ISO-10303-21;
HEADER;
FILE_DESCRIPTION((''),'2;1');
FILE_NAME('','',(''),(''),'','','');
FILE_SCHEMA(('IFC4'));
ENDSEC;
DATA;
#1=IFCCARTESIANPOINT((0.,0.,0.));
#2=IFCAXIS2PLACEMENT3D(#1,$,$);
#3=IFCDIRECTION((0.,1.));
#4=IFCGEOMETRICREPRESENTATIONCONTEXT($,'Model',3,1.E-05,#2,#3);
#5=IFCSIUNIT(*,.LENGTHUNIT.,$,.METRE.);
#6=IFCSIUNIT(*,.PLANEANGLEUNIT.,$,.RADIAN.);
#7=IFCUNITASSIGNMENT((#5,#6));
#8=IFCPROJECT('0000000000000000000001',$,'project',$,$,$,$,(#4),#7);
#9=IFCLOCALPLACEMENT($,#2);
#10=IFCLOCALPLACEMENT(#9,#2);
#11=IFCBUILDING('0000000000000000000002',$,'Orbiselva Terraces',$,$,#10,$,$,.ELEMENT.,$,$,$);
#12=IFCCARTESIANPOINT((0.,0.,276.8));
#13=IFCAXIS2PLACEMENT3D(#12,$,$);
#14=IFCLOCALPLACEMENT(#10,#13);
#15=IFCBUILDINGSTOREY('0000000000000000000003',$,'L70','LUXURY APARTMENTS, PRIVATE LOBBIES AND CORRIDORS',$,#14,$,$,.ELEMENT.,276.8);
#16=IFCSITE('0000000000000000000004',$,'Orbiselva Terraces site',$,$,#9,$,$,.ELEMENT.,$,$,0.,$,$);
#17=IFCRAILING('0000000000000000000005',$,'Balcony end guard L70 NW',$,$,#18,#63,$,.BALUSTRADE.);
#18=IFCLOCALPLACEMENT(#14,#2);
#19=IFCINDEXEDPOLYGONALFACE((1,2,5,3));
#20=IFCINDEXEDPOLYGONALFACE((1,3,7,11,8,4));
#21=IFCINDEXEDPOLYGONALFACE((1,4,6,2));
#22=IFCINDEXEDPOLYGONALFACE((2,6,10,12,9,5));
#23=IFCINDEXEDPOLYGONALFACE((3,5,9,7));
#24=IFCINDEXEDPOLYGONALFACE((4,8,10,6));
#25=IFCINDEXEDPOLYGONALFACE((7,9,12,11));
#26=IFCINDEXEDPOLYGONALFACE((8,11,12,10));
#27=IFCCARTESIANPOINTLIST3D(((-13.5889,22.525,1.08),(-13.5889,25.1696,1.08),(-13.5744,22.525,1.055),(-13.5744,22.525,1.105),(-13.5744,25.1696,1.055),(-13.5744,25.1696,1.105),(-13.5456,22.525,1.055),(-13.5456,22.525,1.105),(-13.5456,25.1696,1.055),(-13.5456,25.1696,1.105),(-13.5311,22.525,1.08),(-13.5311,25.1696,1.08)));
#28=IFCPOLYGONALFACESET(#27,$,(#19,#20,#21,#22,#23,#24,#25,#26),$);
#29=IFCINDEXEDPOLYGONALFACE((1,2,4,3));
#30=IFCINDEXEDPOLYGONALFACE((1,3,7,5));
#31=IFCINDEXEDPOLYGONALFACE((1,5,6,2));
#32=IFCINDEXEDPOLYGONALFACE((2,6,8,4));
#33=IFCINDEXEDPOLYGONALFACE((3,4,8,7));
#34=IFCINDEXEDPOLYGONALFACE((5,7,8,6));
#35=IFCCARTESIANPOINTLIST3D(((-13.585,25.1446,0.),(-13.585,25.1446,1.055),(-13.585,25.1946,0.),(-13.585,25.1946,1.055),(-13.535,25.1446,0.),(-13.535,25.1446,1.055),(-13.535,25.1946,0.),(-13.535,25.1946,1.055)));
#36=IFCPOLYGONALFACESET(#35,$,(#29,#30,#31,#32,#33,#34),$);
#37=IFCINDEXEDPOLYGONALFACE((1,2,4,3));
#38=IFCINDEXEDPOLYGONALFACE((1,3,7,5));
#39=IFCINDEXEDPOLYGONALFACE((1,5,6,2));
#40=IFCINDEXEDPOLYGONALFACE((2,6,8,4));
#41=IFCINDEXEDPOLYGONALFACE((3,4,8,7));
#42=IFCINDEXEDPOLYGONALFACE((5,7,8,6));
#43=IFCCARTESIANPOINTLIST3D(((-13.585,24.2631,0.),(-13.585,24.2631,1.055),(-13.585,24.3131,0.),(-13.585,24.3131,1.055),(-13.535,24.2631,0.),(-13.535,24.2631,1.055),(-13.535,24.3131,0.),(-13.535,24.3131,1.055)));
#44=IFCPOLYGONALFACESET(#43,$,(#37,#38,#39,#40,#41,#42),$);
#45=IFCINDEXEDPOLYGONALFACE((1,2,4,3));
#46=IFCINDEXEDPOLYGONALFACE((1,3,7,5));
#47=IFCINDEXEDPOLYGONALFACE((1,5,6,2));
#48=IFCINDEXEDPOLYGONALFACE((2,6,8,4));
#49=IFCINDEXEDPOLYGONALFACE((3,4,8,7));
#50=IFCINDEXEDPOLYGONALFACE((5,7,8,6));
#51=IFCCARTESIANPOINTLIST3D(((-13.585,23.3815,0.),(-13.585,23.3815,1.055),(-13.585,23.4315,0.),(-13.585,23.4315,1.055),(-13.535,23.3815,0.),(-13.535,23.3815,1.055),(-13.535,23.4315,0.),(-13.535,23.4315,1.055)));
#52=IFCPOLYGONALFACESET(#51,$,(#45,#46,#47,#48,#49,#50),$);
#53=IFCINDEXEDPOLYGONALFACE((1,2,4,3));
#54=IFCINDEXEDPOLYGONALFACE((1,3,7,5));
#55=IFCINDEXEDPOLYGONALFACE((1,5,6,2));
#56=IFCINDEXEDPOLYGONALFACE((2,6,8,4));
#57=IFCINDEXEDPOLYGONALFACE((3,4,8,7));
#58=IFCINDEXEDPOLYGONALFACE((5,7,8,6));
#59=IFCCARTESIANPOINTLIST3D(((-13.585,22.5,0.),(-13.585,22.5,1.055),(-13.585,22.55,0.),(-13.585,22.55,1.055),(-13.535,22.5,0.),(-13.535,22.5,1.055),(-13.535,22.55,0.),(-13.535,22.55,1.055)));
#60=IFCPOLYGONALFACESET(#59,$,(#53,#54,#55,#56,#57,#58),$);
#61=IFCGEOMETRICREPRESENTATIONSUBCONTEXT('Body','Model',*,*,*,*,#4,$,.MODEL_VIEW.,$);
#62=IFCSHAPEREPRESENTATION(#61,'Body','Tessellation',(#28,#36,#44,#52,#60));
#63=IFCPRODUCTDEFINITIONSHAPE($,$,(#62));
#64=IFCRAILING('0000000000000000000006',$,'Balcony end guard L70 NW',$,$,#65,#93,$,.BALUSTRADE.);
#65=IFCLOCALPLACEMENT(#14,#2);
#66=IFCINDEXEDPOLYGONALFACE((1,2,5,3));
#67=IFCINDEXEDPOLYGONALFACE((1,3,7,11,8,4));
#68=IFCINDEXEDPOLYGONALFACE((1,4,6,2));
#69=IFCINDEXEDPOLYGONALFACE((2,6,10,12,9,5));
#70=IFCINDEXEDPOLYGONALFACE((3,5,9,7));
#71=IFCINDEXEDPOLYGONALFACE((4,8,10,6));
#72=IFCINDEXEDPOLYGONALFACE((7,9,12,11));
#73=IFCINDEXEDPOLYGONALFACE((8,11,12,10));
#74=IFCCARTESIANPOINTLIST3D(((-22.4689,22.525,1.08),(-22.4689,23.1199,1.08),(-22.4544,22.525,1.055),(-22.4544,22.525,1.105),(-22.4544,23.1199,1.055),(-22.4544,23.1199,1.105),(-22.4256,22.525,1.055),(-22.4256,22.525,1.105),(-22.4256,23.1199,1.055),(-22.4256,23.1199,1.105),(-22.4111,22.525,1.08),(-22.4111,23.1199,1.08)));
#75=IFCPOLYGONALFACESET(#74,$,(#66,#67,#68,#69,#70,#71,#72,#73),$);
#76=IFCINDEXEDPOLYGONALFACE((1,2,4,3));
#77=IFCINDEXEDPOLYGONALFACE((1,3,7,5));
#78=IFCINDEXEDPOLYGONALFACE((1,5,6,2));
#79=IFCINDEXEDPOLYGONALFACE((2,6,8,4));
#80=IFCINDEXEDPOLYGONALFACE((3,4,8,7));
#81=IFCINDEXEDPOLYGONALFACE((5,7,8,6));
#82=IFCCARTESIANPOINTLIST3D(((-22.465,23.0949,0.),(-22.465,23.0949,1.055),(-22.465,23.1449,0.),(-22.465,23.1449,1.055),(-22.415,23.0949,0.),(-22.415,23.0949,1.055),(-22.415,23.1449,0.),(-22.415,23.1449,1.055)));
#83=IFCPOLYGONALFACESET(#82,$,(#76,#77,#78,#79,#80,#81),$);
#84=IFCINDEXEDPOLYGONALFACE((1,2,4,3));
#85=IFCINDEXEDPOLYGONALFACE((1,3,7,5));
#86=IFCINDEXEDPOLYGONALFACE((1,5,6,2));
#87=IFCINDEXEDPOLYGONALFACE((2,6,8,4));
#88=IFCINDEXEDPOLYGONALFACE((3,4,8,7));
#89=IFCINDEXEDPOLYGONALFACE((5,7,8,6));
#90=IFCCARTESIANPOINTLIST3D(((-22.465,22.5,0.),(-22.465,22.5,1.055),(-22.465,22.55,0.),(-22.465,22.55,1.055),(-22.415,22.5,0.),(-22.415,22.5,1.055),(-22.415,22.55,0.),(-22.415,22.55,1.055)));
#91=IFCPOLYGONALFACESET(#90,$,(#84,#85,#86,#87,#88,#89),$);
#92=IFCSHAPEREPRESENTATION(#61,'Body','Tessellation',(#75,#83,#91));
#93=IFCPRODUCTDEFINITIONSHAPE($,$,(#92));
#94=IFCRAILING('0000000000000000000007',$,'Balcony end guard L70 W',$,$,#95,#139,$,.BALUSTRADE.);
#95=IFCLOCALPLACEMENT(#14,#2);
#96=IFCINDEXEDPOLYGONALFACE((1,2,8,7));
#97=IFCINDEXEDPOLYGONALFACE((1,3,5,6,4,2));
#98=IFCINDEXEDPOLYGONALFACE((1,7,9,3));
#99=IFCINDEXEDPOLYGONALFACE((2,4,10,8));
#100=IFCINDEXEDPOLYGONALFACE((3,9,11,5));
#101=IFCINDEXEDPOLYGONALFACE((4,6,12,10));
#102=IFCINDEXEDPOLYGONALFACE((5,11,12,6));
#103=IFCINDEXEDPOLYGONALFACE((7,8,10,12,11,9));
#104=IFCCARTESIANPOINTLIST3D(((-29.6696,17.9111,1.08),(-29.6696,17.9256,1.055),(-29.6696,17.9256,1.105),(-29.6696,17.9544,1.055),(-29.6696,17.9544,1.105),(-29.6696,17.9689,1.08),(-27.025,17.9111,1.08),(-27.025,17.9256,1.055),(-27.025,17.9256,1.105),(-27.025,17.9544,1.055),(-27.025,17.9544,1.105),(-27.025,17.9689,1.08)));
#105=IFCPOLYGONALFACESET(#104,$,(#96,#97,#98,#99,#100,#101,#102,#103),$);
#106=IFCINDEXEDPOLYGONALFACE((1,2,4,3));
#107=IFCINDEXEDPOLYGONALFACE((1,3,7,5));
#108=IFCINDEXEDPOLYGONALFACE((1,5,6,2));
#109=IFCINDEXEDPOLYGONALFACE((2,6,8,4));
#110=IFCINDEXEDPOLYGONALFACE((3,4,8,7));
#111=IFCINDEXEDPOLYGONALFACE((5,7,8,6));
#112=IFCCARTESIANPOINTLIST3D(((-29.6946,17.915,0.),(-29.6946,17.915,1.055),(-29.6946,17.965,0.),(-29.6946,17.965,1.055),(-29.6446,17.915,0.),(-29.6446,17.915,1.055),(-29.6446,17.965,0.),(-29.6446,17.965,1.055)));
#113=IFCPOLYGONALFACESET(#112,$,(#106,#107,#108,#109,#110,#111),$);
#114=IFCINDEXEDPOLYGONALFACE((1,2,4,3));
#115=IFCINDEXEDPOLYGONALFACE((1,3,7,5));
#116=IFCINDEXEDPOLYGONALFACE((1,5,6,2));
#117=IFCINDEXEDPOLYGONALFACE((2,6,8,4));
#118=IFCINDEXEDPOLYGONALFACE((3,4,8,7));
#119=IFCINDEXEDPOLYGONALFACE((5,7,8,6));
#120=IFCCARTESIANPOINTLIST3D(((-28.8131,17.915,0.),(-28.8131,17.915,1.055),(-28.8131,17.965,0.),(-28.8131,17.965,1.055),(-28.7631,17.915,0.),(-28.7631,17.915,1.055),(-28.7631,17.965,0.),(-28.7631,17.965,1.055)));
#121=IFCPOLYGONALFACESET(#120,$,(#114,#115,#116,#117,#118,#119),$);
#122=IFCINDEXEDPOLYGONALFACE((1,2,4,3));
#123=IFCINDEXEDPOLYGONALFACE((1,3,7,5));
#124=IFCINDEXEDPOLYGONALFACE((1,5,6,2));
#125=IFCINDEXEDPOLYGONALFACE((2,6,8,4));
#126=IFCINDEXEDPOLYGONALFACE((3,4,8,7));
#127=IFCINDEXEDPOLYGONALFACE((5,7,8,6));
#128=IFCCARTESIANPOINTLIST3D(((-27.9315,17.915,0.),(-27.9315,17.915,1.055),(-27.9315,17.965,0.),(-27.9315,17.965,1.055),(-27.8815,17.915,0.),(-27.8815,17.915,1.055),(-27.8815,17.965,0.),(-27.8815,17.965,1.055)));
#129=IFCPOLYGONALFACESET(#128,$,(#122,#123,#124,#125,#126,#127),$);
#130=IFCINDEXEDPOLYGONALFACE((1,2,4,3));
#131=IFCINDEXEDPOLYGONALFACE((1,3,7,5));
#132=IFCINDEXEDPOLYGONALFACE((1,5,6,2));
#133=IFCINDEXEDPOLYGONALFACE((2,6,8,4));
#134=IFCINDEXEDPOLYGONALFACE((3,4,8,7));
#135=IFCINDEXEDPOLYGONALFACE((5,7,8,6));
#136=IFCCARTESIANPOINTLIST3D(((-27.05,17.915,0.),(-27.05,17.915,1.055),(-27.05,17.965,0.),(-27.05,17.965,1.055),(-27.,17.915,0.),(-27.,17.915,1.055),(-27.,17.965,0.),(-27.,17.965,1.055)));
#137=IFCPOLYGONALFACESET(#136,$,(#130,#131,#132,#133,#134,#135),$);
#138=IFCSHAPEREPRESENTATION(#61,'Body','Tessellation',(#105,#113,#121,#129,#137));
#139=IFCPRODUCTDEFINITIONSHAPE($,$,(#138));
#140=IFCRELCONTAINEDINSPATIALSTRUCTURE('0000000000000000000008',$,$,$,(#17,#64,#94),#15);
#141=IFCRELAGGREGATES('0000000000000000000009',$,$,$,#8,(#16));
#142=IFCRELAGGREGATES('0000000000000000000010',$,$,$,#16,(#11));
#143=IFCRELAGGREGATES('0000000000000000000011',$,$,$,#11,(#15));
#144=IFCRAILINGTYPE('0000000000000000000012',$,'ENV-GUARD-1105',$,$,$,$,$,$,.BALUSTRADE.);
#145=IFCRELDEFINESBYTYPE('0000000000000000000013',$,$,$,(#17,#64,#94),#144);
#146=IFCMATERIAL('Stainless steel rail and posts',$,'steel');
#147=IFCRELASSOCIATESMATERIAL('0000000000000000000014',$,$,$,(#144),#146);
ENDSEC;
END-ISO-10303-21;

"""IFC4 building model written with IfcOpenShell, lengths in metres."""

from ifc_helpers import new_model, si_unit, direction, frame, origin, origin_2d, place, context, subcontext, project, spatial, polyline, rectangle, outline, extrude, material, type_object, element, save


model = new_model("IFC4")

# Units and contexts
model_context = context("Model", 3, precision=1e-05, world=origin(), true_north=direction((0.0, 1.0)))
body_context = subcontext(model_context, "Body", "Model", "MODEL_VIEW")
ifc_project = project(units=[si_unit("LENGTHUNIT", "METRE"), si_unit("PLANEANGLEUNIT", "RADIAN")], contexts=[model_context])

# Site, building, storey
site_placement = place(None, origin())
site = spatial("IfcSite", under=ifc_project, at=site_placement, Name="Orbiselva Terraces site", CompositionType="ELEMENT", RefElevation=0.0)
building_placement = place(site_placement, origin())
building = spatial("IfcBuilding", under=site, at=building_placement, Name="Orbiselva Terraces", CompositionType="ELEMENT")
storey_placement = place(building_placement, frame((0.0, 0.0, 276.8)))
storey = spatial("IfcBuildingStorey", under=building, at=storey_placement, Name="L70", Description="LUXURY APARTMENTS, PRIVATE LOBBIES AND CORRIDORS", CompositionType="ELEMENT", Elevation=276.8)

# Railings
ifc_material_1 = material(Name="Stainless steel rail and posts", Category="steel")
railing_type_1 = type_object("IfcRailingType", Name="ENV-GUARD-1105", PredefinedType="BALUSTRADE", material=ifc_material_1)
railing_1_placement = place(storey_placement, frame((-13.56, 25.1696, 0.0)))
element("IfcRailing", 1, at=railing_1_placement, inside=storey, type_object=railing_type_1, Name="Balcony end guard L70 NW", PredefinedType="BALUSTRADE", context=body_context, shape_type="SweptSolid", body=[
    extrude(outline(polyline([(0.0289, 0.0), (0.0144, 0.025), (-0.0144, 0.025), (-0.0289, 0.0), (-0.0144, -0.025), (0.0144, -0.025), (0.0289, 0.0)])), frame((0.0, 0.0, 1.08), z_axis=(0.0, -1.0, 0.0), x_axis=(1.0, 0.0, 0.0)), (0.0, 0.0, 1.0), 2.6446),
    extrude(rectangle(XDim=0.05, YDim=0.05, at=origin_2d()), origin(), (0.0, 0.0, 1.0), 1.055),
    extrude(rectangle(XDim=0.05, YDim=0.05, at=origin_2d()), frame((0.0, -0.8815, 0.0)), (0.0, 0.0, 1.0), 1.055),
    extrude(rectangle(XDim=0.05, YDim=0.05, at=origin_2d()), frame((0.0, -1.7631, 0.0)), (0.0, 0.0, 1.0), 1.055),
    extrude(rectangle(XDim=0.05, YDim=0.05, at=origin_2d()), frame((0.0, -2.6446, 0.0)), (0.0, 0.0, 1.0), 1.055),
])
railing_2_placement = place(storey_placement, frame((-22.44, 23.1199, 0.0)))
element("IfcRailing", 2, at=railing_2_placement, inside=storey, type_object=railing_type_1, Name="Balcony end guard L70 NW", PredefinedType="BALUSTRADE", context=body_context, shape_type="SweptSolid", body=[
    extrude(outline(polyline([(0.0289, 0.0), (0.0144, 0.025), (-0.0144, 0.025), (-0.0289, 0.0), (-0.0144, -0.025), (0.0144, -0.025), (0.0289, 0.0)])), frame((0.0, 0.0, 1.08), z_axis=(0.0, -1.0, 0.0), x_axis=(1.0, 0.0, 0.0)), (0.0, 0.0, 1.0), 0.5949),
    extrude(rectangle(XDim=0.05, YDim=0.05, at=origin_2d()), origin(), (0.0, 0.0, 1.0), 1.055),
    extrude(rectangle(XDim=0.05, YDim=0.05, at=origin_2d()), frame((0.0, -0.5949, 0.0)), (0.0, 0.0, 1.0), 1.055),
])
railing_3_placement = place(storey_placement, frame((-29.6696, 17.94, 0.0)))
element("IfcRailing", 3, at=railing_3_placement, inside=storey, type_object=railing_type_1, Name="Balcony end guard L70 W", PredefinedType="BALUSTRADE", context=body_context, shape_type="SweptSolid", body=[
    extrude(outline(polyline([(0.0289, 0.0), (0.0144, 0.025), (-0.0144, 0.025), (-0.0289, 0.0), (-0.0144, -0.025), (0.0144, -0.025), (0.0289, 0.0)])), frame((0.0, 0.0, 1.08), z_axis=(1.0, 0.0, 0.0), x_axis=(0.0, 1.0, 0.0)), (0.0, 0.0, 1.0), 2.6446),
    extrude(rectangle(XDim=0.05, YDim=0.05, at=origin_2d()), origin(), (0.0, 0.0, 1.0), 1.055),
    extrude(rectangle(XDim=0.05, YDim=0.05, at=origin_2d()), frame((0.8815, 0.0, 0.0)), (0.0, 0.0, 1.0), 1.055),
    extrude(rectangle(XDim=0.05, YDim=0.05, at=origin_2d()), frame((1.7631, 0.0, 0.0)), (0.0, 0.0, 1.0), 1.055),
    extrude(rectangle(XDim=0.05, YDim=0.05, at=origin_2d()), frame((2.6446, 0.0, 0.0)), (0.0, 0.0, 1.0), 1.055),
])

save(model, "model.ifc")
